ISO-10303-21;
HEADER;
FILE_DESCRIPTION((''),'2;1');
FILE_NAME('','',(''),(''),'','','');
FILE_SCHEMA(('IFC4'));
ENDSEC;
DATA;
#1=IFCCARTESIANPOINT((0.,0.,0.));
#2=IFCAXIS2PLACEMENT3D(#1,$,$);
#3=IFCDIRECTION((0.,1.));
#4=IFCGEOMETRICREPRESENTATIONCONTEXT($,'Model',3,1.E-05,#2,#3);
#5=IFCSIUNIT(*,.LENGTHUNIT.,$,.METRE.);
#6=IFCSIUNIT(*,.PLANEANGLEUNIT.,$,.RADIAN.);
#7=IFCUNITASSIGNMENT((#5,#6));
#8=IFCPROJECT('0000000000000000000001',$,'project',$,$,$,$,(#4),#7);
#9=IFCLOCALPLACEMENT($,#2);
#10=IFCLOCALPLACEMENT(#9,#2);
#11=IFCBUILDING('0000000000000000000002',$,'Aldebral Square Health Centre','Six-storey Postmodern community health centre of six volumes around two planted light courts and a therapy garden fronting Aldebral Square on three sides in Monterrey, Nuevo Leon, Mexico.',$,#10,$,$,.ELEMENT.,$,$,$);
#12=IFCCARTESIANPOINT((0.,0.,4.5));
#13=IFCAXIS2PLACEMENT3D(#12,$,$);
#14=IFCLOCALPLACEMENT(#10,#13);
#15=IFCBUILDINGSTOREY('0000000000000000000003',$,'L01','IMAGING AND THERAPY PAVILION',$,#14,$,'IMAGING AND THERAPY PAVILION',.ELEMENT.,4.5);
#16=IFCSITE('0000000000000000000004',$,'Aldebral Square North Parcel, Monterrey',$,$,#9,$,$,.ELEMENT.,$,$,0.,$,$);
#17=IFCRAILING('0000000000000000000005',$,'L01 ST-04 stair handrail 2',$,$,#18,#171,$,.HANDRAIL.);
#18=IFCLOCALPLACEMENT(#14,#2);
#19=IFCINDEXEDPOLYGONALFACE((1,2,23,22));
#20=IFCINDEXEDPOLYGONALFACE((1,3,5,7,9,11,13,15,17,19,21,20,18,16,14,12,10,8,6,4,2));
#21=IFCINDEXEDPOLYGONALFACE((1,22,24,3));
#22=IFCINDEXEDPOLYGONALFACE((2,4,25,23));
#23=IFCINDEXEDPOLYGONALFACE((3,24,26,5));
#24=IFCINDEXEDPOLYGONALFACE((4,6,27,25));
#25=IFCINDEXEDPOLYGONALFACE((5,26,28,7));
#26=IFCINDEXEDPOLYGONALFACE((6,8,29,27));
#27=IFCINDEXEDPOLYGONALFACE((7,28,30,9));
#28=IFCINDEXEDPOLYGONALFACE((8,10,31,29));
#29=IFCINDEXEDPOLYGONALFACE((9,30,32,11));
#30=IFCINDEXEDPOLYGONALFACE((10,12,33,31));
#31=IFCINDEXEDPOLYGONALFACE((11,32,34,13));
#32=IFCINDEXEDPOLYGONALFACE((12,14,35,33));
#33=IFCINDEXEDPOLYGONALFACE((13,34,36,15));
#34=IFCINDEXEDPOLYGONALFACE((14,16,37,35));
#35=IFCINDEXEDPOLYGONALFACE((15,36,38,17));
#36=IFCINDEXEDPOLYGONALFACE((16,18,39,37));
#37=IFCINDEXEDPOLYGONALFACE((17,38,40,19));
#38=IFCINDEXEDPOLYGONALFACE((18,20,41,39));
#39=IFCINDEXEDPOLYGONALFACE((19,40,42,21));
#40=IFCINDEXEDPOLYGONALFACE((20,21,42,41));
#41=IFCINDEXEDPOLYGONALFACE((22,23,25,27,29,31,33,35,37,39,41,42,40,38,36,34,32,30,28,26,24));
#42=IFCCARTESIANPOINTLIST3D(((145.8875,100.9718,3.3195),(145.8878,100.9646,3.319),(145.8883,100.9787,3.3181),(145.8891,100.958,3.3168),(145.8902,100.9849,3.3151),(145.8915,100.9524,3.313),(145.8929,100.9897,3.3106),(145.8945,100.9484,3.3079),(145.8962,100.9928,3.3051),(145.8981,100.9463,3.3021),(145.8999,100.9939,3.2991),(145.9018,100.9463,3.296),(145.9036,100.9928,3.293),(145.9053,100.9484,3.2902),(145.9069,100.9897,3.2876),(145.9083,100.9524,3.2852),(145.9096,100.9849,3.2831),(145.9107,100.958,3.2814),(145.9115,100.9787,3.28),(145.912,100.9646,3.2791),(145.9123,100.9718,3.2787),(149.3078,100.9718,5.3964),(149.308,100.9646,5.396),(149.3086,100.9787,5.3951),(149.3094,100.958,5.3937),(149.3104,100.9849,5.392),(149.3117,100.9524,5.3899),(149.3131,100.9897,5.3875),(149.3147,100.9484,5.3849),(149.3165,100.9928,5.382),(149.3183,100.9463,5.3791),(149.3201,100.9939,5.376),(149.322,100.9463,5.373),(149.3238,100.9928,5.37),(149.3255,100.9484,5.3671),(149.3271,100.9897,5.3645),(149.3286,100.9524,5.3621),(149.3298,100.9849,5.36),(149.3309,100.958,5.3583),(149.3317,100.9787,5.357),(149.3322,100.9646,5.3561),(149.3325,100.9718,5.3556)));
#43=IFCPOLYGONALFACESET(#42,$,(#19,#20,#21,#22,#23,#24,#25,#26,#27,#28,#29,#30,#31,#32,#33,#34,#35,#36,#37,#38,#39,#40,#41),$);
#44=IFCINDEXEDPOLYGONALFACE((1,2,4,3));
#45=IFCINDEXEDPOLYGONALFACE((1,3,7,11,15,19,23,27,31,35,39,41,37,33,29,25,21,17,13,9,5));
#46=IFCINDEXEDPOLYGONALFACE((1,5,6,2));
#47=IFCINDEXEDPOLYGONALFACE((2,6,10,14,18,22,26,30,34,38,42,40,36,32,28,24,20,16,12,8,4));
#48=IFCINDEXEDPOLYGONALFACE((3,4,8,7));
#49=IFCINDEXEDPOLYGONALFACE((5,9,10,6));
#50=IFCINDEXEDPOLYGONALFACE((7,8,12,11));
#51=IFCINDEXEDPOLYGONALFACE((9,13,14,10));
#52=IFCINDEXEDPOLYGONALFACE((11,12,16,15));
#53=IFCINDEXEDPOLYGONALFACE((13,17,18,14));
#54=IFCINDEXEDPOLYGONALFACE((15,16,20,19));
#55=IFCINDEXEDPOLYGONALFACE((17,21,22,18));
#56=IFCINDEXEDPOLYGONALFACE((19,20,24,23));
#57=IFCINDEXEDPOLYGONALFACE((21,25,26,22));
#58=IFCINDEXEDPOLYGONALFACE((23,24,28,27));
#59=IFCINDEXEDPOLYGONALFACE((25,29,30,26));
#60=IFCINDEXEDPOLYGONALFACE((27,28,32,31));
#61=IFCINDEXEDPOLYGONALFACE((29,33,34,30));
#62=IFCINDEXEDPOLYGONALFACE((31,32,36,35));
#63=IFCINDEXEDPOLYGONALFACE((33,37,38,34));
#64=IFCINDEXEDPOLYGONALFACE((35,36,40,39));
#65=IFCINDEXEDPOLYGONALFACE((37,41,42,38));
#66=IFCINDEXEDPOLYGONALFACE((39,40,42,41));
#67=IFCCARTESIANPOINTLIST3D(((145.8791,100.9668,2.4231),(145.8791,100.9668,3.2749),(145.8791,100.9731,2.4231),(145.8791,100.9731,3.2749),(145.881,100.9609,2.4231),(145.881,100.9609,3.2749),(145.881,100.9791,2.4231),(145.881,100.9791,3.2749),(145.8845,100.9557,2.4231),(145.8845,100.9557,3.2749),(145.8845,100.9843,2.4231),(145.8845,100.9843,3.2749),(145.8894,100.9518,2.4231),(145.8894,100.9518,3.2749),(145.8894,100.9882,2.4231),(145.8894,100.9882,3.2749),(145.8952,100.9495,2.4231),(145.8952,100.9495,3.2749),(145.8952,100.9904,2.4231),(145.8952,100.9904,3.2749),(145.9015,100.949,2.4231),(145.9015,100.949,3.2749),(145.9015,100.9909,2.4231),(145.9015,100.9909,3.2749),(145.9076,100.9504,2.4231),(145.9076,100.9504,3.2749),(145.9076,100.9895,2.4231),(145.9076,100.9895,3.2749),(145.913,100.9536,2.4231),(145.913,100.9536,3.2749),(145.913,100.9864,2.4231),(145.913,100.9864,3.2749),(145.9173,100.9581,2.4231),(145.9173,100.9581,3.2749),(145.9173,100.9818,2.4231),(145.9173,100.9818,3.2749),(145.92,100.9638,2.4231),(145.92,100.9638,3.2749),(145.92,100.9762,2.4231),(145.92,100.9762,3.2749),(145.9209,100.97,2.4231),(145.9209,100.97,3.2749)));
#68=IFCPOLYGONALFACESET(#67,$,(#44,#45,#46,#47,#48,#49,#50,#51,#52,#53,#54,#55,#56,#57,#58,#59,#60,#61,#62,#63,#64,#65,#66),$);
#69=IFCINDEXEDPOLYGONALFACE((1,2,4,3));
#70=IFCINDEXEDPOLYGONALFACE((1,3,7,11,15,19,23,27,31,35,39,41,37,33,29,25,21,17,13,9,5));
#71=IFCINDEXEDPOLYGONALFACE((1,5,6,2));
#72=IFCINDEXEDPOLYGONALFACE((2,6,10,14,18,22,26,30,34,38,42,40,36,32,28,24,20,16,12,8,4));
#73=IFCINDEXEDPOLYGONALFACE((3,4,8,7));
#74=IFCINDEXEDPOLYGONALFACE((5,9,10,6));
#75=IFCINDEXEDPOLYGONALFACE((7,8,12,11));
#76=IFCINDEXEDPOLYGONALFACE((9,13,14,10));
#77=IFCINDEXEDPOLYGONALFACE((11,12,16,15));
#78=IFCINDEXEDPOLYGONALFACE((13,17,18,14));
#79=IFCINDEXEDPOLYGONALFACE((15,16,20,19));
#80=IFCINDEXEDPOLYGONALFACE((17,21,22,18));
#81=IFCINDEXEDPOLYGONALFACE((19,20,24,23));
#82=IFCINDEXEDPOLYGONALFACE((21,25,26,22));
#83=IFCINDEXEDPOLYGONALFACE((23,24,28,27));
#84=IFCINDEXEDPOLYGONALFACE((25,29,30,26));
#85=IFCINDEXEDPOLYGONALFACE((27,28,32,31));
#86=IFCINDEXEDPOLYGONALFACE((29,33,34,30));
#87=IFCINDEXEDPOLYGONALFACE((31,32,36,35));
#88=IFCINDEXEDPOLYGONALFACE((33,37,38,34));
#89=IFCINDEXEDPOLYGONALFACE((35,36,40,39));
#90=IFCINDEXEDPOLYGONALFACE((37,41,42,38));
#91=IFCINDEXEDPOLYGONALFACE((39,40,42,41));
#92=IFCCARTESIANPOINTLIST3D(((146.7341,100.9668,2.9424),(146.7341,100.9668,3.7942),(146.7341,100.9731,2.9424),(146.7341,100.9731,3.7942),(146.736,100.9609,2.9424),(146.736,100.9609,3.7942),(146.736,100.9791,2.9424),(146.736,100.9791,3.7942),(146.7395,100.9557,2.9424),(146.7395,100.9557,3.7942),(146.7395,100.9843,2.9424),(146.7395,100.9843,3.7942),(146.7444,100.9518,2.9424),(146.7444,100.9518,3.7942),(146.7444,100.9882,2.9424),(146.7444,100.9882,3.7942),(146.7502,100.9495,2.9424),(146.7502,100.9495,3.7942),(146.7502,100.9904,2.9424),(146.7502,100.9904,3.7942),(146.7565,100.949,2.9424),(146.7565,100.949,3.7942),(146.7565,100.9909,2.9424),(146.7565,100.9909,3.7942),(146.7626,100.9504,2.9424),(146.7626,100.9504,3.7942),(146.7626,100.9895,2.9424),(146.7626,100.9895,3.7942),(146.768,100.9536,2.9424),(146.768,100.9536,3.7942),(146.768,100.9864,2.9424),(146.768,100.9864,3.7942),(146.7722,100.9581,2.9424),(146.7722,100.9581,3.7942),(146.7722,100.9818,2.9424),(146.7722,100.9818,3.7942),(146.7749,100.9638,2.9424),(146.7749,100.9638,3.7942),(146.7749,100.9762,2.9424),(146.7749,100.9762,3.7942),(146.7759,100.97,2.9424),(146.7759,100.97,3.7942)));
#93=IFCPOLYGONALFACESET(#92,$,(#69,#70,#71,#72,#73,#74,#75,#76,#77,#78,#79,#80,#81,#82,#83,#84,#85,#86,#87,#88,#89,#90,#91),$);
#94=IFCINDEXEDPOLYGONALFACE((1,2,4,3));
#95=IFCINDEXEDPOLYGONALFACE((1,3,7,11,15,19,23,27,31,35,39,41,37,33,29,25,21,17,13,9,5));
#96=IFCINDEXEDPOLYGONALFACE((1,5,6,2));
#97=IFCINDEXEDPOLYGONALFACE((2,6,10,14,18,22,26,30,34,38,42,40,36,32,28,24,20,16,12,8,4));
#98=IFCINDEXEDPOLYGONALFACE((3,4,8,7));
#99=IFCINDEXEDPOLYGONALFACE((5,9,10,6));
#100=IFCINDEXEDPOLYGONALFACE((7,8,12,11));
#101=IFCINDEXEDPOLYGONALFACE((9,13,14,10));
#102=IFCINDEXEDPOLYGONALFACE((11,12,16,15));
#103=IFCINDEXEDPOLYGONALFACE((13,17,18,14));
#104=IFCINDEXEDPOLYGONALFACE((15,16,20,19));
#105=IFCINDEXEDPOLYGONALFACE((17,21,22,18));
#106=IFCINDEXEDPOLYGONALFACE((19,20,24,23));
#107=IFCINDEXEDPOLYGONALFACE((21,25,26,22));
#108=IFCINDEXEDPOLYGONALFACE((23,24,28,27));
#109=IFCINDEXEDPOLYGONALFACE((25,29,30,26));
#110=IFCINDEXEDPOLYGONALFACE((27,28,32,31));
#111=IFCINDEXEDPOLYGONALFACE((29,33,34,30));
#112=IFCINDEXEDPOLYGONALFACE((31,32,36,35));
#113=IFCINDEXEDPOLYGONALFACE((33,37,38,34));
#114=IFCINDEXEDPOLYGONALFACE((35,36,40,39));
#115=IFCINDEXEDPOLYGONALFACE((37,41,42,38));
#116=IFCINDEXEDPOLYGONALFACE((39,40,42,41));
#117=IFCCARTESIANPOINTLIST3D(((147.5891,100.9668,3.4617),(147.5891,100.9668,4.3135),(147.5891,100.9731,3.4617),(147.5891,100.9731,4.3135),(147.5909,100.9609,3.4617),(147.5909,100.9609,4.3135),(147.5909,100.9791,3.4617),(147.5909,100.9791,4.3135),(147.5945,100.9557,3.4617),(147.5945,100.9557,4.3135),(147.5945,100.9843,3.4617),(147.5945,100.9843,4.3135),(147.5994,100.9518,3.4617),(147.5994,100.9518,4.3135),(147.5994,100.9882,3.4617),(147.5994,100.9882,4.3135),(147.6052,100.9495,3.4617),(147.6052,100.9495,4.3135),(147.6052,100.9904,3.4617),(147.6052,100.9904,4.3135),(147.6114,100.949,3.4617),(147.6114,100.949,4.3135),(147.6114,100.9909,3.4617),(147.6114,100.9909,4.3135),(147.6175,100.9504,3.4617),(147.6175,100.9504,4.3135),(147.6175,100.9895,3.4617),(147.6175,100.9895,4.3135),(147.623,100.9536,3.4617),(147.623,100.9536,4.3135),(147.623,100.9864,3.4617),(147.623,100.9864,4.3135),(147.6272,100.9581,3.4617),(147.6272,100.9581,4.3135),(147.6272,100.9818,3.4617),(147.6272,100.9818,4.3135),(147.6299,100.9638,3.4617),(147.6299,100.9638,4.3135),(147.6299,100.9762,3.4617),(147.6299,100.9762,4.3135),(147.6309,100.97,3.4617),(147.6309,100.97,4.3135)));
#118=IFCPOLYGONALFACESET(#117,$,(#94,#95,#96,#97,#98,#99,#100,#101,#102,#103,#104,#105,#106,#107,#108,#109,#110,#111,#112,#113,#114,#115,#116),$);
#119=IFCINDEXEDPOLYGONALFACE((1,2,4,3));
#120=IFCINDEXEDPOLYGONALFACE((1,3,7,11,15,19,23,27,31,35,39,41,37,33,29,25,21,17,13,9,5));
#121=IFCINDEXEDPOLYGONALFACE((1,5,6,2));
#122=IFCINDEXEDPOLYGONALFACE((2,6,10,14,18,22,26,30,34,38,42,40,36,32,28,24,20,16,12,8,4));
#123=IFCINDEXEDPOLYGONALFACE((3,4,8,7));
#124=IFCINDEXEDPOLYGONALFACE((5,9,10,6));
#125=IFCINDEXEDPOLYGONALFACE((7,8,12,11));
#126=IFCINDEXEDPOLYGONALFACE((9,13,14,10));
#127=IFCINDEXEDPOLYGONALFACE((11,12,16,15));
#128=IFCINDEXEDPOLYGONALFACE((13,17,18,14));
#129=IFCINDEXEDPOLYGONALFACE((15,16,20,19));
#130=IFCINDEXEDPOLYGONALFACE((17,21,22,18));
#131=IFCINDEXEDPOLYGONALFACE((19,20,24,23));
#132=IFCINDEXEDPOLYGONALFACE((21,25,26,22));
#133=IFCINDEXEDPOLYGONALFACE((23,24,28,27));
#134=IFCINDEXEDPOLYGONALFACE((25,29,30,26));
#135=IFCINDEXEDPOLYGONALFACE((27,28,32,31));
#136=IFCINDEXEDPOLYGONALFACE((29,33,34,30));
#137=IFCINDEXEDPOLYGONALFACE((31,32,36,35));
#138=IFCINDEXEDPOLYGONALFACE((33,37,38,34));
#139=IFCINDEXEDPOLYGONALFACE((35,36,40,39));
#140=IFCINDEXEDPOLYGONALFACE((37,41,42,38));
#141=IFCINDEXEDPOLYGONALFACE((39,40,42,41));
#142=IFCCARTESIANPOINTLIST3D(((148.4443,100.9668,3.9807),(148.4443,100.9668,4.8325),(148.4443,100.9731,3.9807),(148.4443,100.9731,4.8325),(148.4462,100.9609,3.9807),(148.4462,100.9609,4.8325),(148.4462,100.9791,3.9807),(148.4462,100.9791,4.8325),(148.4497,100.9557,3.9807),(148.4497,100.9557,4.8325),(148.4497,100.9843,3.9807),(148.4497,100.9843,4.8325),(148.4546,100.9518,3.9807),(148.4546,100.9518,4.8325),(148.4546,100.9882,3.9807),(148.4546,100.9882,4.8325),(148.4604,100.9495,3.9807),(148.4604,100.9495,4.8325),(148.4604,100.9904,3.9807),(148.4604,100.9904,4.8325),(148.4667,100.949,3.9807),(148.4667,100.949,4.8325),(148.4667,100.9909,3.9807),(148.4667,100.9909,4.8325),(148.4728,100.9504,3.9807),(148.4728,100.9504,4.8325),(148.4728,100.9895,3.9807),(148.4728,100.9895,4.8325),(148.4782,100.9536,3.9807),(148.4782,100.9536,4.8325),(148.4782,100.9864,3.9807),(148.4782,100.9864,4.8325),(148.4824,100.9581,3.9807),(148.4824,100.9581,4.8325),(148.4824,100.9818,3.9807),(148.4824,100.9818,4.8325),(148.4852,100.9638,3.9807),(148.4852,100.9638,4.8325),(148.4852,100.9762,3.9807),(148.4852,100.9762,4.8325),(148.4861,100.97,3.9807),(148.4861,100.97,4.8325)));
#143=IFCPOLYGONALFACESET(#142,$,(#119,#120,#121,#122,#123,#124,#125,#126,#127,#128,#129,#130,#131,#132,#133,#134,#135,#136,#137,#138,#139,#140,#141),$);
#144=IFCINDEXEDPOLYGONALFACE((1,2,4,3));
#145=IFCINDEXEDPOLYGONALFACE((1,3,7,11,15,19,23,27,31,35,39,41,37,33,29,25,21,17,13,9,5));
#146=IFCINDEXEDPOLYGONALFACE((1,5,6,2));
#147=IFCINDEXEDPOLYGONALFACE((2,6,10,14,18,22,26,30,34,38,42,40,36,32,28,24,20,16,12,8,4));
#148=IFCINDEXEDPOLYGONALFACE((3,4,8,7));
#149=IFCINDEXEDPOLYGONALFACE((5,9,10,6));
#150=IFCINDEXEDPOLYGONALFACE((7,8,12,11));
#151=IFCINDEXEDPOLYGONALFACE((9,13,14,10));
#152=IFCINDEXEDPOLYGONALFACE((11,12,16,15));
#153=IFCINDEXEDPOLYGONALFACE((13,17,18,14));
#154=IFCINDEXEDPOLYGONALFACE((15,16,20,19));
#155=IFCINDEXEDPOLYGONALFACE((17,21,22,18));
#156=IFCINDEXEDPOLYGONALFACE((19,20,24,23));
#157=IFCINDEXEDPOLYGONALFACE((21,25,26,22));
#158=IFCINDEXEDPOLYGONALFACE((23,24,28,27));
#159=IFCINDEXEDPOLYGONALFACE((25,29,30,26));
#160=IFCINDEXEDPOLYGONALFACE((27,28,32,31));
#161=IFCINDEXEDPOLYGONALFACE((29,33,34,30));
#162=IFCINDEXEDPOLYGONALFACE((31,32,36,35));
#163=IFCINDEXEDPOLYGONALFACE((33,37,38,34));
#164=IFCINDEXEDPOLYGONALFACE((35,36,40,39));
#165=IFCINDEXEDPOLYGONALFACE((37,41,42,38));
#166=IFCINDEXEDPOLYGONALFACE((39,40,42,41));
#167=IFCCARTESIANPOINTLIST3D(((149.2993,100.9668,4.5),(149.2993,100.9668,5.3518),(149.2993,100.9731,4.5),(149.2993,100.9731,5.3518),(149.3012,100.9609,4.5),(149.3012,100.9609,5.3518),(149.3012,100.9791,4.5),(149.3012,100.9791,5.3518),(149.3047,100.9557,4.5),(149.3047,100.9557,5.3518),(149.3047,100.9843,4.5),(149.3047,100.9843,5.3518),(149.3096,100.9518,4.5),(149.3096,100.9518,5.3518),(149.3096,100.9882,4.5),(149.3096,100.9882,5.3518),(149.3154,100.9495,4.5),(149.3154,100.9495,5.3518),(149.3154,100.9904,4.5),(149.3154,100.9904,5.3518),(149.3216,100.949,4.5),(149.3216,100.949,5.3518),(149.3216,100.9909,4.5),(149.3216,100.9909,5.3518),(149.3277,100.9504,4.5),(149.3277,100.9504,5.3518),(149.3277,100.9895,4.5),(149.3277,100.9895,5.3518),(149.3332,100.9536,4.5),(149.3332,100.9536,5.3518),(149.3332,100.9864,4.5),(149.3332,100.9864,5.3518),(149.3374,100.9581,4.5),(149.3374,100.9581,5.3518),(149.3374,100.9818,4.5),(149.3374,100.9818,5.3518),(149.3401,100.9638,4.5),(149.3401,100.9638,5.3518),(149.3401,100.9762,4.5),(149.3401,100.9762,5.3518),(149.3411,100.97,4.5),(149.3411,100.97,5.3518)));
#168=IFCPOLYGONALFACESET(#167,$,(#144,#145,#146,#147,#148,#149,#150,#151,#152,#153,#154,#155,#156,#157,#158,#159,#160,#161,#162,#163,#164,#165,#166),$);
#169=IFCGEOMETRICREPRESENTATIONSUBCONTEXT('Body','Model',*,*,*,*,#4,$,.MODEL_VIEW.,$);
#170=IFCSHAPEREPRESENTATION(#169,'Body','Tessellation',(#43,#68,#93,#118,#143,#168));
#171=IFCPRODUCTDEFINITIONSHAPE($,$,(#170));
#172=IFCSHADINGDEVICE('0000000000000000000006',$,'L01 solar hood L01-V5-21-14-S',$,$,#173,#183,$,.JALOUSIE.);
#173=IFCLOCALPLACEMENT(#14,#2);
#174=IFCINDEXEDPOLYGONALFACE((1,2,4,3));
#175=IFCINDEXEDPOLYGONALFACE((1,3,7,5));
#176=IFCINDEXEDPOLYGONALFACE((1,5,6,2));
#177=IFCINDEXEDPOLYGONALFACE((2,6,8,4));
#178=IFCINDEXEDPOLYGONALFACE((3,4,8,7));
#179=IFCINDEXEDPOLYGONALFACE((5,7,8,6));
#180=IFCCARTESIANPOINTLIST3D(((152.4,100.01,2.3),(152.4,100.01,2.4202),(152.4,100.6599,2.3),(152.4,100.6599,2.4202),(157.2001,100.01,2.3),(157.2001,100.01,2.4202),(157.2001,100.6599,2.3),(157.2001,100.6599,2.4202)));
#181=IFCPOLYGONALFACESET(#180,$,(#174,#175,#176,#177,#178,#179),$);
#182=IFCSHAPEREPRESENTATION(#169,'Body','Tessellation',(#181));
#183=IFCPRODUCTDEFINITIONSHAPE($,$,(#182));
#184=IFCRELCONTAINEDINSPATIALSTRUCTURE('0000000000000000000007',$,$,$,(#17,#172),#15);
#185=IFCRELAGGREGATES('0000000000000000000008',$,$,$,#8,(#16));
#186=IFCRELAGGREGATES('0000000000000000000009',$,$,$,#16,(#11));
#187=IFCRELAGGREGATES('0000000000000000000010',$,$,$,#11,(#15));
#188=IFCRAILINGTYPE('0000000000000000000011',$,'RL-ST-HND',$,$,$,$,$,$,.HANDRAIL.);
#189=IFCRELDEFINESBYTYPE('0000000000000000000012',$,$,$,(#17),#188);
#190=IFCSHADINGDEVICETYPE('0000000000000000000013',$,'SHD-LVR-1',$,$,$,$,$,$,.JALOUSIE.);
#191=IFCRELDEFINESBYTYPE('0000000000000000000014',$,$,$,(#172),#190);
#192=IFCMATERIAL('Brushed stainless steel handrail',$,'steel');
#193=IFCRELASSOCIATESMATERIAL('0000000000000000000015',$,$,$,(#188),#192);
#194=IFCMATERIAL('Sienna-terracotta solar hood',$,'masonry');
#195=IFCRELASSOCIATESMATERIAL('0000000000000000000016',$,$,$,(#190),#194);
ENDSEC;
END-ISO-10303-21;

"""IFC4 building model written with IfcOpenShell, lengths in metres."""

from ifc_helpers import new_model, si_unit, direction, frame, origin, origin_2d, place, context, subcontext, project, spatial, rectangle, circle, extrude, material, type_object, element, save


model = new_model("IFC4")

# Units and contexts
model_context = context("Model", 3, precision=1e-05, world=origin(), true_north=direction((0.0, 1.0)))
body_context = subcontext(model_context, "Body", "Model", "MODEL_VIEW")
ifc_project = project(units=[si_unit("LENGTHUNIT", "METRE"), si_unit("PLANEANGLEUNIT", "RADIAN")], contexts=[model_context])

# Site, building, storey
site_placement = place(None, origin())
site = spatial("IfcSite", under=ifc_project, at=site_placement, Name="Aldebral Square North Parcel, Monterrey", CompositionType="ELEMENT", RefElevation=0.0)
building_placement = place(site_placement, origin())
building = spatial("IfcBuilding", under=site, at=building_placement, Name="Aldebral Square Health Centre", Description="Six-storey Postmodern community health centre of six volumes around two planted light courts and a therapy garden fronting Aldebral Square on three sides in Monterrey, Nuevo Leon, Mexico.", CompositionType="ELEMENT")
storey_placement = place(building_placement, frame((0.0, 0.0, 4.5)))
storey = spatial("IfcBuildingStorey", under=building, at=storey_placement, Name="L01", Description="IMAGING AND THERAPY PAVILION", LongName="IMAGING AND THERAPY PAVILION", CompositionType="ELEMENT", Elevation=4.5)

# Railing
ifc_material_1 = material(Name="Brushed stainless steel handrail", Category="steel")
railing_type_1 = type_object("IfcRailingType", Name="RL-ST-HND", PredefinedType="HANDRAIL", material=ifc_material_1)
railing_1_placement = place(storey_placement, frame((145.8999, 100.97, 2.4231)))
element("IfcRailing", 1, at=railing_1_placement, inside=storey, type_object=railing_type_1, Name="L01 ST-04 stair handrail 2", PredefinedType="HANDRAIL", context=body_context, shape_type="SweptSolid", body=[
    extrude(circle(Radius=0.0239, at=origin_2d()), frame((0.0, 0.0, 0.876), z_axis=(0.854746, 0.0, 0.519047), x_axis=(0.0, 1.0, 0.0)), (0.0, 0.0, 1.0), 4.0015),
    extrude(circle(Radius=0.021, at=origin_2d()), origin(), (0.0, 0.0, 1.0), 0.8518),
    extrude(circle(Radius=0.021, at=origin_2d()), frame((0.855, 0.0, 0.5193)), (0.0, 0.0, 1.0), 0.8518),
    extrude(circle(Radius=0.021, at=origin_2d()), frame((1.71, 0.0, 1.0386)), (0.0, 0.0, 1.0), 0.8518),
    extrude(circle(Radius=0.021, at=origin_2d()), frame((2.5652, 0.0, 1.5576)), (0.0, 0.0, 1.0), 0.8518),
    extrude(circle(Radius=0.021, at=origin_2d()), frame((3.4202, 0.0, 2.0769)), (0.0, 0.0, 1.0), 0.8518),
])

# Shading device
ifc_material_2 = material(Name="Sienna-terracotta solar hood", Category="masonry")
shading_device_type = type_object("IfcShadingDeviceType", Name="SHD-LVR-1", PredefinedType="JALOUSIE", material=ifc_material_2)
shading_device_placement = place(storey_placement, frame((154.8, 100.335, 2.3), z_axis=(0.0, 0.0, 1.0), x_axis=(1.0, 0.0, 0.0)))
element("IfcShadingDevice", 2, at=shading_device_placement, inside=storey, type_object=shading_device_type, Name="L01 solar hood L01-V5-21-14-S", PredefinedType="JALOUSIE", context=body_context, shape_type="SweptSolid", body=[
    extrude(rectangle(XDim=4.8, YDim=0.6499, at=origin_2d()), origin(), (0.0, 0.0, 1.0), 0.1201),
])

save(model, "model.ifc")
